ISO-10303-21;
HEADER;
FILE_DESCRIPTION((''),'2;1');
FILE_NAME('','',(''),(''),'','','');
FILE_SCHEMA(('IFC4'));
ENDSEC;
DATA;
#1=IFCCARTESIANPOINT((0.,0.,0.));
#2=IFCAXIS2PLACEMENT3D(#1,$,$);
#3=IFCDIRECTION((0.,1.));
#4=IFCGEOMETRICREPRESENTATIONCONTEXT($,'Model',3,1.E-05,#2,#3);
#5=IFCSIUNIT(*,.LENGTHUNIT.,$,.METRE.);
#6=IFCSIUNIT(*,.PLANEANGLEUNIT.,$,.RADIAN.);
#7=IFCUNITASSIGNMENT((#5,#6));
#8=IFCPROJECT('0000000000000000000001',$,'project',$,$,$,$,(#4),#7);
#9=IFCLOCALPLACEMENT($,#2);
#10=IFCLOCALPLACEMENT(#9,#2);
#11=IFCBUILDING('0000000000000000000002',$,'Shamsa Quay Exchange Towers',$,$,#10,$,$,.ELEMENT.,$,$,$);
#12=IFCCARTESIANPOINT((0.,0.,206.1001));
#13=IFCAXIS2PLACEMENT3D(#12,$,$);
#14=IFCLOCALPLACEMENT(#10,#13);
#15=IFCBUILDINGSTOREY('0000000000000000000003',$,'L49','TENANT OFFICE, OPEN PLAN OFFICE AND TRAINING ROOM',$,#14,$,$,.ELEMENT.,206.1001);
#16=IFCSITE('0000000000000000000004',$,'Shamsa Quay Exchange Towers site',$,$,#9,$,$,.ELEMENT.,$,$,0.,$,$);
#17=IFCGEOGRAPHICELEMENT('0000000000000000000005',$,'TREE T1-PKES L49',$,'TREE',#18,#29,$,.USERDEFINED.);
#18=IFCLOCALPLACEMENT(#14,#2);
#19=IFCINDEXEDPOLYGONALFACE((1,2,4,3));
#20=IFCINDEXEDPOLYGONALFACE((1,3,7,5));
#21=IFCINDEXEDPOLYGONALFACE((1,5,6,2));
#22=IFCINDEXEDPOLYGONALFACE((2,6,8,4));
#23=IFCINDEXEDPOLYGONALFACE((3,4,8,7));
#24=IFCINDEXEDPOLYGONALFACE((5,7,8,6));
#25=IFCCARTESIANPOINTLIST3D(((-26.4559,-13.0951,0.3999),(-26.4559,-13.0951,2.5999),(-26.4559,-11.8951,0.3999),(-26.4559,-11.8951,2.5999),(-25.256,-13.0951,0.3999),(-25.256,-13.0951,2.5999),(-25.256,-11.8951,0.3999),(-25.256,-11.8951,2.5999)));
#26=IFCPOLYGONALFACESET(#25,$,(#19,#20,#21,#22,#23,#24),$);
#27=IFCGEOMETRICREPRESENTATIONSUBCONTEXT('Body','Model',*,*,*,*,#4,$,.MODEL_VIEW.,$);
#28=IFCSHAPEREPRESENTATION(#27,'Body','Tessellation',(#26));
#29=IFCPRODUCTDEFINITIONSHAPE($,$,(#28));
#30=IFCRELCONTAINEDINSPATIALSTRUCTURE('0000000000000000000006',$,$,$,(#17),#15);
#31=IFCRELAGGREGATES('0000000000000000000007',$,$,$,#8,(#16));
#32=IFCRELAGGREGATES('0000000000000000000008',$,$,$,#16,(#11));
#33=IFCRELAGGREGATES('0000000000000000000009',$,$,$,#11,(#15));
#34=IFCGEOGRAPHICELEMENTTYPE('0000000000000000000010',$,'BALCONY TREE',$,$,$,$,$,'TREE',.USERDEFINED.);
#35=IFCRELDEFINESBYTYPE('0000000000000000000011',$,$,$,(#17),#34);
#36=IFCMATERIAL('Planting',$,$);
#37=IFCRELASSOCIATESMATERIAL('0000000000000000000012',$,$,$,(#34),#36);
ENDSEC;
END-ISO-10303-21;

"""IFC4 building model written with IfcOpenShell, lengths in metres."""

from ifc_helpers import new_model, si_unit, direction, frame, origin, origin_2d, place, context, subcontext, project, spatial, rectangle, extrude, material, type_object, element, save


model = new_model("IFC4")

# Units and contexts
model_context = context("Model", 3, precision=1e-05, world=origin(), true_north=direction((0.0, 1.0)))
body_context = subcontext(model_context, "Body", "Model", "MODEL_VIEW")
ifc_project = project(units=[si_unit("LENGTHUNIT", "METRE"), si_unit("PLANEANGLEUNIT", "RADIAN")], contexts=[model_context])

# Site, building, storey
site_placement = place(None, origin())
site = spatial("IfcSite", under=ifc_project, at=site_placement, Name="Shamsa Quay Exchange Towers site", CompositionType="ELEMENT", RefElevation=0.0)
building_placement = place(site_placement, origin())
building = spatial("IfcBuilding", under=site, at=building_placement, Name="Shamsa Quay Exchange Towers", CompositionType="ELEMENT")
storey_placement = place(building_placement, frame((0.0, 0.0, 206.1001)))
storey = spatial("IfcBuildingStorey", under=building, at=storey_placement, Name="L49", Description="TENANT OFFICE, OPEN PLAN OFFICE AND TRAINING ROOM", CompositionType="ELEMENT", Elevation=206.1001)

# Geographic element
ifc_material_1 = material(Name="Planting")
geographic_element_type = type_object("IfcGeographicElementType", Name="BALCONY TREE", ElementType="TREE", PredefinedType="USERDEFINED", material=ifc_material_1)
geographic_element_placement = place(storey_placement, frame((-25.856, -12.4951, 0.3999)))
element("IfcGeographicElement", 1, at=geographic_element_placement, inside=storey, type_object=geographic_element_type, Name="TREE T1-PKES L49", ObjectType="TREE", PredefinedType="USERDEFINED", context=body_context, shape_type="SweptSolid", body=[
    extrude(rectangle(XDim=1.2, YDim=1.2, at=origin_2d()), origin(), (0.0, 0.0, 1.0), 2.2),
])

save(model, "model.ifc")
